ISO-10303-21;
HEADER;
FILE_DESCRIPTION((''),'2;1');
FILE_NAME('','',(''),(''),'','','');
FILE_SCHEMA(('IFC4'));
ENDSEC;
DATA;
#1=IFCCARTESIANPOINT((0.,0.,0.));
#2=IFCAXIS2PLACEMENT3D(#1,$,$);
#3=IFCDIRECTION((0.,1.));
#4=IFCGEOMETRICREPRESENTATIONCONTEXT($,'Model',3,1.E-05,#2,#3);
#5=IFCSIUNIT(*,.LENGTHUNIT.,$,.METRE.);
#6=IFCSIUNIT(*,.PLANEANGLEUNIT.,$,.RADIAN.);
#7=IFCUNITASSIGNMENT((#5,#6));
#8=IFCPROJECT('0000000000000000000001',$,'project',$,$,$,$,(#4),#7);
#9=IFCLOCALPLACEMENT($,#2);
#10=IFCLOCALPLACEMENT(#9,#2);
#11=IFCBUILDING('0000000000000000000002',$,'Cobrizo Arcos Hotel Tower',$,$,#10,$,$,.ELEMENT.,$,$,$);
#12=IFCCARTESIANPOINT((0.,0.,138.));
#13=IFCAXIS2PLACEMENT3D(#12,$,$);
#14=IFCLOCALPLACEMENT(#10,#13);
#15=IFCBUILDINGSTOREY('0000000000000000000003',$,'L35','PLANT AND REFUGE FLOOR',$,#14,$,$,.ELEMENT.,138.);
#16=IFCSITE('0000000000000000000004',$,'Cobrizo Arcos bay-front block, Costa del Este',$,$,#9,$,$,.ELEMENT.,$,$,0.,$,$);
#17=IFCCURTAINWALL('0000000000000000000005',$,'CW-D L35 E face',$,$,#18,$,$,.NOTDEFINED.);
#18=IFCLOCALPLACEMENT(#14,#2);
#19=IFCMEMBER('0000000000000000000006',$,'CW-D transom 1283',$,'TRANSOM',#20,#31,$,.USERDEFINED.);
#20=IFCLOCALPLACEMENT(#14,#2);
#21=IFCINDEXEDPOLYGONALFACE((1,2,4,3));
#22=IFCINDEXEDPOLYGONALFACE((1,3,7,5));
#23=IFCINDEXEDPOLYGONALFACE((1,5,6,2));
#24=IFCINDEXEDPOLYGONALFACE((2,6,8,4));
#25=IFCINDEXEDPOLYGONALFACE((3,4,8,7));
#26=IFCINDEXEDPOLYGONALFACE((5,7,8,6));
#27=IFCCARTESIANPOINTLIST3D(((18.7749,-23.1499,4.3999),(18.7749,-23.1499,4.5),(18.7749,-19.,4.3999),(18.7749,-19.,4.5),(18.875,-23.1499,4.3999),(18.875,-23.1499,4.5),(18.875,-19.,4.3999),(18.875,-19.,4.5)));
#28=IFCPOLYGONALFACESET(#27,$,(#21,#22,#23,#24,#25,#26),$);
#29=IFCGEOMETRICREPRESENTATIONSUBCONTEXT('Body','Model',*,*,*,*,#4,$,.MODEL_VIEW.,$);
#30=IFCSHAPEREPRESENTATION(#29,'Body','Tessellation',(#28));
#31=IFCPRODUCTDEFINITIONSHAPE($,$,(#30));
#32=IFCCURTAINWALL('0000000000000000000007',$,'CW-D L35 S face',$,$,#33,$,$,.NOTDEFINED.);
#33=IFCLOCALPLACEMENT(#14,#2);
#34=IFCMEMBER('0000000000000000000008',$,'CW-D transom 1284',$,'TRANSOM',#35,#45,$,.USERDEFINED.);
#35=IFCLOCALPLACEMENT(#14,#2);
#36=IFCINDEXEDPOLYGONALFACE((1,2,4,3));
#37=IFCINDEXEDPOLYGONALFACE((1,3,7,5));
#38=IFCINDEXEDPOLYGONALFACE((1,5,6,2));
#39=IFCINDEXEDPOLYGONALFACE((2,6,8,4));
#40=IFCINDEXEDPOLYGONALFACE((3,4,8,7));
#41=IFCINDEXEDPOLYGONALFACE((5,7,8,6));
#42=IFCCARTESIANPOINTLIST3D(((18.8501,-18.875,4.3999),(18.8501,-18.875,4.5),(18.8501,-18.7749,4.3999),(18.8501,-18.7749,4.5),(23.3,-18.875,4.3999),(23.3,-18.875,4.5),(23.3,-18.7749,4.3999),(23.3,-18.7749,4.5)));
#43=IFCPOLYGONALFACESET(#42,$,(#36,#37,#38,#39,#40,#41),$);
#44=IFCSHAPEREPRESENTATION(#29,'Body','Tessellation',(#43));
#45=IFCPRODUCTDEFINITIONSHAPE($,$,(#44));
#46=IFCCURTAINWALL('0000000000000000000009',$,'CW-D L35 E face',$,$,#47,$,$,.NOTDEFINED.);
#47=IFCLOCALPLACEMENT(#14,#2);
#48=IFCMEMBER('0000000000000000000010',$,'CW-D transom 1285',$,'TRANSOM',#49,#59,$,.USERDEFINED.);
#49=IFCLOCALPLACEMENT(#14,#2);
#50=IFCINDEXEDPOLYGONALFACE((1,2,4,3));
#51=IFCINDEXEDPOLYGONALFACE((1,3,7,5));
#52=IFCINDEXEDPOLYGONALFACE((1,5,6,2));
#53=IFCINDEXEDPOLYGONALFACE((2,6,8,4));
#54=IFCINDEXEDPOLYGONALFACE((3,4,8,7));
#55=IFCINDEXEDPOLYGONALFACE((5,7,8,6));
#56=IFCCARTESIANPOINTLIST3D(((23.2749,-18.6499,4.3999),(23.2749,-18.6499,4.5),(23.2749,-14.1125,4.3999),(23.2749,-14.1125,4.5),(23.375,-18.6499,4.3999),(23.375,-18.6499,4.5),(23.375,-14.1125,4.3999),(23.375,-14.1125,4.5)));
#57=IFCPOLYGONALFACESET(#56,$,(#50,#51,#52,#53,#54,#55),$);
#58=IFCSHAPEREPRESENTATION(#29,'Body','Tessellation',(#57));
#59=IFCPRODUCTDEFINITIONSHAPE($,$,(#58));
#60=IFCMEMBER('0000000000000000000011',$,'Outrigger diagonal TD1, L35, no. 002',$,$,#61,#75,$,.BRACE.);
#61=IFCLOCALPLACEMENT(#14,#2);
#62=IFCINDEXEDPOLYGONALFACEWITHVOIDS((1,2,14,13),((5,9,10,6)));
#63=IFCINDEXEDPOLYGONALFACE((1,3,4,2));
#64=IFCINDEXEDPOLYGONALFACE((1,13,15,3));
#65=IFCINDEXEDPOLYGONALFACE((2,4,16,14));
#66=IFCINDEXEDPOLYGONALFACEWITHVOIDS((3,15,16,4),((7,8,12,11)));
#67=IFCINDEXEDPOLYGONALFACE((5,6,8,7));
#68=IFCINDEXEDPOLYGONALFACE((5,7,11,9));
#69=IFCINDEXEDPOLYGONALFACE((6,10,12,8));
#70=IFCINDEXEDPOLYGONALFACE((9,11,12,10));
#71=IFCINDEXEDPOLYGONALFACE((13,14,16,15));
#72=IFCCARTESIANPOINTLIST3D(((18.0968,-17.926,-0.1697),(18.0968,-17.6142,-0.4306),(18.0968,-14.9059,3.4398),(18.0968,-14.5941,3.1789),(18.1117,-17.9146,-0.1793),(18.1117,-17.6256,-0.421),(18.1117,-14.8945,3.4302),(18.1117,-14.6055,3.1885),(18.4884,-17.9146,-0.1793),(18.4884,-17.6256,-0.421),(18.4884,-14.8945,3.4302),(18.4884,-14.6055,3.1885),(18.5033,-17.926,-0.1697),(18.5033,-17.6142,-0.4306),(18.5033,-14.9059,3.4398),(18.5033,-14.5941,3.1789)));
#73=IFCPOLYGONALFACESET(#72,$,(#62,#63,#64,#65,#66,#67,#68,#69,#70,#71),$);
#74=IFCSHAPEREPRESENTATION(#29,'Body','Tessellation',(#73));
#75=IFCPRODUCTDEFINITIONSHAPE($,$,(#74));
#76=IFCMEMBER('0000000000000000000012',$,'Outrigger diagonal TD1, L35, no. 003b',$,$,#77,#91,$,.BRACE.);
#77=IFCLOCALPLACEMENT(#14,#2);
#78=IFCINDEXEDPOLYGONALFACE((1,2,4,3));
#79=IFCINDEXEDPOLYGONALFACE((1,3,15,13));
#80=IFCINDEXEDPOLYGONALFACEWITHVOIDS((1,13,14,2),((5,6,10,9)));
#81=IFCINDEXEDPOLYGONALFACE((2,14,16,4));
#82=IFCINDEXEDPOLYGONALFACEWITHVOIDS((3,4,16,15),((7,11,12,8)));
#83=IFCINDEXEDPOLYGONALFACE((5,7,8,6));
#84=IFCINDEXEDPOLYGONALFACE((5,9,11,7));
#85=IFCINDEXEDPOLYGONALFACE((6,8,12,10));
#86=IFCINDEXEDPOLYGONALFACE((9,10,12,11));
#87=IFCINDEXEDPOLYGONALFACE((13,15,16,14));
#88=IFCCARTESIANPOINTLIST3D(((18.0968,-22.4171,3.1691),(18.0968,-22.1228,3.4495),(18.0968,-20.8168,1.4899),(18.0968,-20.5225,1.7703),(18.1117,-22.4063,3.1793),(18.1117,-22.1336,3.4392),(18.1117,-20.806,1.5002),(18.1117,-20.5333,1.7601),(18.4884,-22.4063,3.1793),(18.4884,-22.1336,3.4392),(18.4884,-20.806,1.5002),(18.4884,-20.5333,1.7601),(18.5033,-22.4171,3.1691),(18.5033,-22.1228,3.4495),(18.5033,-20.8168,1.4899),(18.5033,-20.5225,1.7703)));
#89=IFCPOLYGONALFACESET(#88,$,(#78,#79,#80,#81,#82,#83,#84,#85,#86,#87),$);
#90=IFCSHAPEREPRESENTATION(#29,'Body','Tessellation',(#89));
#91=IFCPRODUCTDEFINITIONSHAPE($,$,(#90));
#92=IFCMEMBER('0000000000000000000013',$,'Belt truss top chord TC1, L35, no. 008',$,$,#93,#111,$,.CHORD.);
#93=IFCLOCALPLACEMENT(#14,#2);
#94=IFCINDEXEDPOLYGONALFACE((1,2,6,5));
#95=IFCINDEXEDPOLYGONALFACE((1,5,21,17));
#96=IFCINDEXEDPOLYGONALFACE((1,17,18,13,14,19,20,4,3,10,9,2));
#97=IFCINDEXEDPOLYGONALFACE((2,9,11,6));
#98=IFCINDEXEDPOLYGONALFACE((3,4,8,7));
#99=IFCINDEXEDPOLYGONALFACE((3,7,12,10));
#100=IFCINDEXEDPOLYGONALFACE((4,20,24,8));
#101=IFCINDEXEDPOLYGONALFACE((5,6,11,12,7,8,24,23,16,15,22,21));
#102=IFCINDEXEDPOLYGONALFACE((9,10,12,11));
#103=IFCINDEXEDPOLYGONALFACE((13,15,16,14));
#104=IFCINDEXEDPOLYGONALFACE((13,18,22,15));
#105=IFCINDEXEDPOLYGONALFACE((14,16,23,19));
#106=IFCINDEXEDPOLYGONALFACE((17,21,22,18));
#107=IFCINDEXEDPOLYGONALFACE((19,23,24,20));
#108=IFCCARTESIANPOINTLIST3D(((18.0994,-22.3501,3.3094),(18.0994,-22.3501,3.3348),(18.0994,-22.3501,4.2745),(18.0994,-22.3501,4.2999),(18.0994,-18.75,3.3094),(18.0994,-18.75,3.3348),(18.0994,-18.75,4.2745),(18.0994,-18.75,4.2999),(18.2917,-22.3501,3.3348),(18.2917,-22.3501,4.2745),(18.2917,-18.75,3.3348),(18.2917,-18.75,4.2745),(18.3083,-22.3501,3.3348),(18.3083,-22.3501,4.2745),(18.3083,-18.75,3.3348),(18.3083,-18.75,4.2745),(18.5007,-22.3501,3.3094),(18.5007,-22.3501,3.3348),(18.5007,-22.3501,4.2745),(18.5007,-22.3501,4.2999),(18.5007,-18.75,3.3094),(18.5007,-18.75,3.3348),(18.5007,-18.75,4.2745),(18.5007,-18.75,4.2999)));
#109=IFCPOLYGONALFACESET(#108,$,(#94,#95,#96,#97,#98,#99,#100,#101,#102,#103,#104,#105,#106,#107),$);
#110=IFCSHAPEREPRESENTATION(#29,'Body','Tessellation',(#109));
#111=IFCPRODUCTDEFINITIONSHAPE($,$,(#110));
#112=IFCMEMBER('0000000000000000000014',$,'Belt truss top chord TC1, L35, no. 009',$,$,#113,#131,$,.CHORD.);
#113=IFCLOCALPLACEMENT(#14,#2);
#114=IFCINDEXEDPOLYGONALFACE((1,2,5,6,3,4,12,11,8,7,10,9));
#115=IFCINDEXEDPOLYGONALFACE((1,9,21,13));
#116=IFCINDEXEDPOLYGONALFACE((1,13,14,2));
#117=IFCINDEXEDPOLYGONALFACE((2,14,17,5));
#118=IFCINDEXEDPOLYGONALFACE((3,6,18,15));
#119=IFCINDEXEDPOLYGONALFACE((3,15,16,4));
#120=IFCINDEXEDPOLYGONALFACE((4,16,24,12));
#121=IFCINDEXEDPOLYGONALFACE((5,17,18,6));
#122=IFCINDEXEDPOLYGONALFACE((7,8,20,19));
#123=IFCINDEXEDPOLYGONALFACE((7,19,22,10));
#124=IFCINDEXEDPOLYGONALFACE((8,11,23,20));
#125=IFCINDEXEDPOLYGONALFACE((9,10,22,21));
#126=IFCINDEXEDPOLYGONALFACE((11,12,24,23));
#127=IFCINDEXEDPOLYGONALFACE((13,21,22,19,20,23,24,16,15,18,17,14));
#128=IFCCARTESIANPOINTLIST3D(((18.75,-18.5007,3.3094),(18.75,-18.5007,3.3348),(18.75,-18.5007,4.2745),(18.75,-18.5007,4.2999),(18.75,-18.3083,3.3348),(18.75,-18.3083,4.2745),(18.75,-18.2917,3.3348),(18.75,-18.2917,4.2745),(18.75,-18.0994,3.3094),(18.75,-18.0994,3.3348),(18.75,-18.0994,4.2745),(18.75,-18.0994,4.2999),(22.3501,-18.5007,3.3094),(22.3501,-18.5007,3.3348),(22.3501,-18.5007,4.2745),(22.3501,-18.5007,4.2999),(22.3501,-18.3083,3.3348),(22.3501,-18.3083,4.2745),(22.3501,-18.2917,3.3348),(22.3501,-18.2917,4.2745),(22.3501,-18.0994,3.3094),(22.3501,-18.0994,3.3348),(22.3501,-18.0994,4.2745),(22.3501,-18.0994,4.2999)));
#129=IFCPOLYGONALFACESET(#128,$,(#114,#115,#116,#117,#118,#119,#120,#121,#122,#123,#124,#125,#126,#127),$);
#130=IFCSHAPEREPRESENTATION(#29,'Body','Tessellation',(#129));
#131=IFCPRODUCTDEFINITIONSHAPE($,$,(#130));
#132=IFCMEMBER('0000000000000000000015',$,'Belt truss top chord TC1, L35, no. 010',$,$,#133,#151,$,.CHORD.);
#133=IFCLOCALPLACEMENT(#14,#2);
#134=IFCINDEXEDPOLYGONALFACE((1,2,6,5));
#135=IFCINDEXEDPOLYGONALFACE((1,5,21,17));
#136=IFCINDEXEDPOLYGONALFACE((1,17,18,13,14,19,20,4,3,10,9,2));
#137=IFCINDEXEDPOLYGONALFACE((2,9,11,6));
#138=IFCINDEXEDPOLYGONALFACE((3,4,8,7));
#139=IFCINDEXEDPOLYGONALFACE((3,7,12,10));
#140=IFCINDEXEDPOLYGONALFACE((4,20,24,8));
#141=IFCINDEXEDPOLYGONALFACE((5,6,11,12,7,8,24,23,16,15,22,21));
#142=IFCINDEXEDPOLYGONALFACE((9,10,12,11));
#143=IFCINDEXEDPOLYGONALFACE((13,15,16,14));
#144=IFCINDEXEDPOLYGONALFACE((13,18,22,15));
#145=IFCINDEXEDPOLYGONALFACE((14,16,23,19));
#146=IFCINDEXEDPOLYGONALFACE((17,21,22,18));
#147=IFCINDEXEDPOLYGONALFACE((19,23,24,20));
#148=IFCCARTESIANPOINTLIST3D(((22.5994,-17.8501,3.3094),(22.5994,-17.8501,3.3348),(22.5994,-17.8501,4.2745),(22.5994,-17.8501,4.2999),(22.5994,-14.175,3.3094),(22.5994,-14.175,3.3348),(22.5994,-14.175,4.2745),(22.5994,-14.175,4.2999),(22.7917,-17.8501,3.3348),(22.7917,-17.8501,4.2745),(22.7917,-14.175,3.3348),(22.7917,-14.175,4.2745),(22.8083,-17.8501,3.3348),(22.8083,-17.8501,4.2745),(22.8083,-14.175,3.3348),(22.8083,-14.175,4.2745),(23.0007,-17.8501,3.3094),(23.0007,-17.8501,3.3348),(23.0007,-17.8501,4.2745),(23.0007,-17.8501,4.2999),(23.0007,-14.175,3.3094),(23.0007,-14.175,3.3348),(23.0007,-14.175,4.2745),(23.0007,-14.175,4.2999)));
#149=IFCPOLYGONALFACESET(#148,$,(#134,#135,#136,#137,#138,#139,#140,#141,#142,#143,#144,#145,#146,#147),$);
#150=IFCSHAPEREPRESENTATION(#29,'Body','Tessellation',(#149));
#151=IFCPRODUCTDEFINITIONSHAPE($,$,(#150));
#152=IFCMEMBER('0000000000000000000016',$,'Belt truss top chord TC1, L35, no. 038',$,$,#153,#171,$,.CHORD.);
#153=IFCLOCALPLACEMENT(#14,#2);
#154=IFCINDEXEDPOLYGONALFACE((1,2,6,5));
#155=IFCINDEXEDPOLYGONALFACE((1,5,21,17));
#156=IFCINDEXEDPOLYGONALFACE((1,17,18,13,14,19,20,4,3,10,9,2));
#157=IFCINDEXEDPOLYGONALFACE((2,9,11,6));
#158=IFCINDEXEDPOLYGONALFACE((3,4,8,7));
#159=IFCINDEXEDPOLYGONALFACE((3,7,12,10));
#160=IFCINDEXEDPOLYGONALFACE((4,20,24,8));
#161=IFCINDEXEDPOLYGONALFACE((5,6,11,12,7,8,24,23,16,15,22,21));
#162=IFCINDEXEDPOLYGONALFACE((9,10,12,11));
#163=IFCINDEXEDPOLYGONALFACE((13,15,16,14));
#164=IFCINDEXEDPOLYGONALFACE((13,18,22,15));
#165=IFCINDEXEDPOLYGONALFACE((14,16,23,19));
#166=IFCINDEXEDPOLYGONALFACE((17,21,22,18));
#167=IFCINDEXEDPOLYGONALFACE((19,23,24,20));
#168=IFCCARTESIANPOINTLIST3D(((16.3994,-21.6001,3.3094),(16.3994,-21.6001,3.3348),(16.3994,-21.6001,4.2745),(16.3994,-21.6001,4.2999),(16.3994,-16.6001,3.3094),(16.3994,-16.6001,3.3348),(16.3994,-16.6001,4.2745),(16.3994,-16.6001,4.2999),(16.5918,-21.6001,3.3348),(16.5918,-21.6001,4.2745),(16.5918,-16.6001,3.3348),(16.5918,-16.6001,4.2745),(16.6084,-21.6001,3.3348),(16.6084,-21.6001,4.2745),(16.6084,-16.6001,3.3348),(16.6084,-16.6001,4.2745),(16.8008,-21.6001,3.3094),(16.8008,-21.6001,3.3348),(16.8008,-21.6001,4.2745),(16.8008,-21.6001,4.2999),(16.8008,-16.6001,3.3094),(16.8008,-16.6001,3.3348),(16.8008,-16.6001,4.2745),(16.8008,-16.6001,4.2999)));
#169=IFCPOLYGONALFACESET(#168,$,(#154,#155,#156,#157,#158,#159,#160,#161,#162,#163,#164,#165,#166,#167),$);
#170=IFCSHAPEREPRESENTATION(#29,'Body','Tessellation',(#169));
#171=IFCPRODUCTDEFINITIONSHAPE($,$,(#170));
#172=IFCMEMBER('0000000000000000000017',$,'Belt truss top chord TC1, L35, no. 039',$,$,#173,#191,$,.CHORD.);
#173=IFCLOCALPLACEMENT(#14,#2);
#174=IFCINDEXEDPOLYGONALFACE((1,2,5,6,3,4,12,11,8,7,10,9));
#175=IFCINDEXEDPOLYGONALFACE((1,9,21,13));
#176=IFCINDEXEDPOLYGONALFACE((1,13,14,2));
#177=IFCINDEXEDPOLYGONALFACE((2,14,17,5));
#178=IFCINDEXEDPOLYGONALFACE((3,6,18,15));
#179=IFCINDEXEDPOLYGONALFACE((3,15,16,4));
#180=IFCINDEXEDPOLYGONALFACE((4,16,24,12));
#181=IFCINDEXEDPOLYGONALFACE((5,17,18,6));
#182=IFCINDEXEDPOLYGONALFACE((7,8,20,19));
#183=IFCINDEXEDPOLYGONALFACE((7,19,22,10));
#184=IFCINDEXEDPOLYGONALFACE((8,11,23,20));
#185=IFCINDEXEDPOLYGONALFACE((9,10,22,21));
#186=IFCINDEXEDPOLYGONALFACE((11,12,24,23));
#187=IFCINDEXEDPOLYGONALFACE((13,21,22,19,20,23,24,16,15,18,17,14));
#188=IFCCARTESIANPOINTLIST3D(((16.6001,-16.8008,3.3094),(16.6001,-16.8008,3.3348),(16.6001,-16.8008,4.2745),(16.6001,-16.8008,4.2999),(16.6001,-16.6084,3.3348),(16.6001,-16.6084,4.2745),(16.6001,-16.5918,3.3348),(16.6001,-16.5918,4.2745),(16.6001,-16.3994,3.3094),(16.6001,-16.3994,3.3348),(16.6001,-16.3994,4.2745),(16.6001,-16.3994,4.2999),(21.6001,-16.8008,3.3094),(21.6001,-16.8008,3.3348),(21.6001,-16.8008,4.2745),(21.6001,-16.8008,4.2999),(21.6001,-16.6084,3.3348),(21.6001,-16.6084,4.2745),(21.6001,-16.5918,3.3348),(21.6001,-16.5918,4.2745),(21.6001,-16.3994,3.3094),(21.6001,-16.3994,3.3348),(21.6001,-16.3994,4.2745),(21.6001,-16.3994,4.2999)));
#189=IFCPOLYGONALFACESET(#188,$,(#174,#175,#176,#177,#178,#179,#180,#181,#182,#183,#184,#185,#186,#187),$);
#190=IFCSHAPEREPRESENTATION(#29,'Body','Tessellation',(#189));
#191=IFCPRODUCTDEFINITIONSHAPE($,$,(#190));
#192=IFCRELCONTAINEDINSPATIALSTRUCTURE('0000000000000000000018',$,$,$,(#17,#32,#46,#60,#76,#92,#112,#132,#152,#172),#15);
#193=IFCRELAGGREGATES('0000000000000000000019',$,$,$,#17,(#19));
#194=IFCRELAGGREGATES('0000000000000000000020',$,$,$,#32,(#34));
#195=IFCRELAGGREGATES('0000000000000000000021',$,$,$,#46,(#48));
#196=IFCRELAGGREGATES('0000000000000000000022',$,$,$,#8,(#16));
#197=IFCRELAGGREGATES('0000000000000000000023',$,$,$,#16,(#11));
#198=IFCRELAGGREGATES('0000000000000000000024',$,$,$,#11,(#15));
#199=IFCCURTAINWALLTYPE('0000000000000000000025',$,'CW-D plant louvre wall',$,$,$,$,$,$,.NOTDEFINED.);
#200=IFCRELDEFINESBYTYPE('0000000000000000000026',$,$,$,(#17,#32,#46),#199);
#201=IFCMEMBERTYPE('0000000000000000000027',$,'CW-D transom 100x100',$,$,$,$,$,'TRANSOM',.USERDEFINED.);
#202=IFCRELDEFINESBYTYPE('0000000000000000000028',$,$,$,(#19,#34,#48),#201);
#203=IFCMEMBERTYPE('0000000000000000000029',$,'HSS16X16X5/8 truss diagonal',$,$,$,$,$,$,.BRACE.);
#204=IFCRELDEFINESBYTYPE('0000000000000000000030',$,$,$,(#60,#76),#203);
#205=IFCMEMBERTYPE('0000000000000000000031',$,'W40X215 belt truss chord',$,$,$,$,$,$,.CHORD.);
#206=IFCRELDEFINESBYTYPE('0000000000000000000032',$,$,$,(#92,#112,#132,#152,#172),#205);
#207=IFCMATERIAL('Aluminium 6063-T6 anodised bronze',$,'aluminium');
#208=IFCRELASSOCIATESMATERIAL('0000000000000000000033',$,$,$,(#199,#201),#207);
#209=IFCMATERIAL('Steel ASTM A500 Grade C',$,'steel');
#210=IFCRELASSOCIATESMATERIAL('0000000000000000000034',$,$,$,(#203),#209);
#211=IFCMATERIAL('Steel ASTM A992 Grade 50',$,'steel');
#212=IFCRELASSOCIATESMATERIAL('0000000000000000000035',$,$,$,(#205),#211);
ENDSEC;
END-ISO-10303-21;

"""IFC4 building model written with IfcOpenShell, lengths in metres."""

from ifc_helpers import new_model, si_unit, direction, frame, origin, origin_2d, place, context, subcontext, project, spatial, rectangle, hollow_rectangle, i_section, extrude, material, material_profile, profile_set, type_object, element, aggregate, save


model = new_model("IFC4")

# Units and contexts
model_context = context("Model", 3, precision=1e-05, world=origin(), true_north=direction((0.0, 1.0)))
body_context = subcontext(model_context, "Body", "Model", "MODEL_VIEW")
ifc_project = project(units=[si_unit("LENGTHUNIT", "METRE"), si_unit("PLANEANGLEUNIT", "RADIAN")], contexts=[model_context])

# Site, building, storey
site_placement = place(None, origin())
site = spatial("IfcSite", under=ifc_project, at=site_placement, Name="Cobrizo Arcos bay-front block, Costa del Este", CompositionType="ELEMENT", RefElevation=0.0)
building_placement = place(site_placement, origin())
building = spatial("IfcBuilding", under=site, at=building_placement, Name="Cobrizo Arcos Hotel Tower", CompositionType="ELEMENT")
storey_placement = place(building_placement, frame((0.0, 0.0, 138.0)))
storey = spatial("IfcBuildingStorey", under=building, at=storey_placement, Name="L35", Description="PLANT AND REFUGE FLOOR", CompositionType="ELEMENT", Elevation=138.0)

# Curtain walls, members
ifc_material_1 = material(Name="Aluminium 6063-T6 anodised bronze", Category="aluminium")
curtain_wall_type = type_object("IfcCurtainWallType", Name="CW-D plant louvre wall", PredefinedType="NOTDEFINED", material=ifc_material_1)
curtain_wall_1_placement = place(storey_placement, origin())
curtain_wall_1 = element("IfcCurtainWall", 1, at=curtain_wall_1_placement, inside=storey, type_object=curtain_wall_type, Name="CW-D L35 E face", PredefinedType="NOTDEFINED")
ifc_material_profile_1 = material_profile(ifc_material_1, rectangle(XDim=0.1001, YDim=0.1001, at=origin_2d()), Name="CW-D transom 100x100")
ifc_profile_set_1 = profile_set([ifc_material_profile_1], Name="Aluminium 6063-T6 anodised bronze")
member_type_1 = type_object("IfcMemberType", Name="CW-D transom 100x100", ElementType="TRANSOM", PredefinedType="USERDEFINED", material=ifc_profile_set_1)
member_1_placement = place(storey_placement, frame((18.825, -23.1499, 4.45), z_axis=(0.0, 1.0, 0.0), x_axis=(-1.0, 0.0, 0.0)))
member_1 = element("IfcMember", 2, at=member_1_placement, type_object=member_type_1, Name="CW-D transom 1283", ObjectType="TRANSOM", PredefinedType="USERDEFINED", context=body_context, shape_type="SweptSolid", body=[
    extrude(rectangle(XDim=0.1001, YDim=0.1001, at=origin_2d()), origin(), (0.0, 0.0, 1.0), 4.1499),
])
aggregate(curtain_wall_1, [member_1])
curtain_wall_2_placement = place(storey_placement, origin())
curtain_wall_2 = element("IfcCurtainWall", 3, at=curtain_wall_2_placement, inside=storey, type_object=curtain_wall_type, Name="CW-D L35 S face", PredefinedType="NOTDEFINED")
member_2_placement = place(storey_placement, frame((18.8501, -18.825, 4.45), z_axis=(1.0, 0.0, 0.0), x_axis=(0.0, 1.0, 0.0)))
member_2 = element("IfcMember", 4, at=member_2_placement, type_object=member_type_1, Name="CW-D transom 1284", ObjectType="TRANSOM", PredefinedType="USERDEFINED", context=body_context, shape_type="SweptSolid", body=[
    extrude(rectangle(XDim=0.1001, YDim=0.1001, at=origin_2d()), origin(), (0.0, 0.0, 1.0), 4.45),
])
aggregate(curtain_wall_2, [member_2])
curtain_wall_3_placement = place(storey_placement, origin())
curtain_wall_3 = element("IfcCurtainWall", 5, at=curtain_wall_3_placement, inside=storey, type_object=curtain_wall_type, Name="CW-D L35 E face", PredefinedType="NOTDEFINED")
member_3_placement = place(storey_placement, frame((23.325, -18.6499, 4.45), z_axis=(0.0, 1.0, 0.0), x_axis=(-1.0, 0.0, 0.0)))
member_3 = element("IfcMember", 6, at=member_3_placement, type_object=member_type_1, Name="CW-D transom 1285", ObjectType="TRANSOM", PredefinedType="USERDEFINED", context=body_context, shape_type="SweptSolid", body=[
    extrude(rectangle(XDim=0.1001, YDim=0.1001, at=origin_2d()), origin(), (0.0, 0.0, 1.0), 4.5374),
])
aggregate(curtain_wall_3, [member_3])

# Members
ifc_material_2 = material(Name="Steel ASTM A500 Grade C", Category="steel")
ifc_material_profile_2 = material_profile(ifc_material_2, hollow_rectangle(XDim=0.4065, YDim=0.4065, WallThickness=0.0149, at=origin_2d()), Name="HSS16X16X5/8")
ifc_profile_set_2 = profile_set([ifc_material_profile_2], Name="Steel ASTM A500 Grade C")
member_type_2 = type_object("IfcMemberType", Name="HSS16X16X5/8 truss diagonal", PredefinedType="BRACE", material=ifc_profile_set_2)
member_4_placement = place(storey_placement, frame((18.3, -14.75, 3.3093), z_axis=(0.0, -0.641714, -0.766944), x_axis=(1.0, 0.0, 0.0)))
element("IfcMember", 7, at=member_4_placement, inside=storey, type_object=member_type_2, Name="Outrigger diagonal TD1, L35, no. 002", PredefinedType="BRACE", context=body_context, shape_type="SweptSolid", body=[
    extrude(hollow_rectangle(XDim=0.4065, YDim=0.4065, WallThickness=0.0149, at=origin_2d()), origin(), (0.0, 0.0, 1.0), 4.7063),
])
member_5_placement = place(storey_placement, frame((18.3, -20.6697, 1.6301), z_axis=(0.0, -0.689905, 0.7239), x_axis=(1.0, 0.0, 0.0)))
element("IfcMember", 8, at=member_5_placement, inside=storey, type_object=member_type_2, Name="Outrigger diagonal TD1, L35, no. 003b", PredefinedType="BRACE", context=body_context, shape_type="SweptSolid", body=[
    extrude(hollow_rectangle(XDim=0.4065, YDim=0.4065, WallThickness=0.0149, at=origin_2d()), origin(), (0.0, 0.0, 1.0), 2.3196),
])
ifc_material_3 = material(Name="Steel ASTM A992 Grade 50", Category="steel")
ifc_material_profile_3 = material_profile(ifc_material_3, i_section(OverallWidth=0.4014, OverallDepth=0.9905, WebThickness=0.0166, FlangeThickness=0.0254, at=origin_2d()), Name="W40X215")
ifc_profile_set_3 = profile_set([ifc_material_profile_3], Name="Steel ASTM A992 Grade 50")
member_type_3 = type_object("IfcMemberType", Name="W40X215 belt truss chord", PredefinedType="CHORD", material=ifc_profile_set_3)
for number, where, z_axis, x_axis, name in (
    (9, (18.3, -22.3501, 3.8047), (0.0, 1.0, 0.0), (-1.0, 0.0, 0.0), "Belt truss top chord TC1, L35, no. 008"),
    (10, (18.75, -18.3, 3.8047), (1.0, 0.0, 0.0), (0.0, 1.0, 0.0), "Belt truss top chord TC1, L35, no. 009"),
):
    element("IfcMember", number, at=place(storey_placement, frame(where, z_axis=z_axis, x_axis=x_axis)), inside=storey, type_object=member_type_3, Name=name, PredefinedType="CHORD", context=body_context, shape_type="SweptSolid", body=[
        extrude(i_section(OverallWidth=0.4014, OverallDepth=0.9905, WebThickness=0.0166, FlangeThickness=0.0254, at=origin_2d()), origin(), (0.0, 0.0, 1.0), 3.6001),
    ])
member_6_placement = place(storey_placement, frame((22.8, -17.8501, 3.8047), z_axis=(0.0, 1.0, 0.0), x_axis=(-1.0, 0.0, 0.0)))
element("IfcMember", 11, at=member_6_placement, inside=storey, type_object=member_type_3, Name="Belt truss top chord TC1, L35, no. 010", PredefinedType="CHORD", context=body_context, shape_type="SweptSolid", body=[
    extrude(i_section(OverallWidth=0.4014, OverallDepth=0.9905, WebThickness=0.0166, FlangeThickness=0.0254, at=origin_2d()), origin(), (0.0, 0.0, 1.0), 3.675),
])
for number, where, z_axis, x_axis, name in (
    (12, (16.6001, -21.6001, 3.8047), (0.0, 1.0, 0.0), (-1.0, 0.0, 0.0), "Belt truss top chord TC1, L35, no. 038"),
    (13, (16.6001, -16.6001, 3.8047), (1.0, 0.0, 0.0), (0.0, 1.0, 0.0), "Belt truss top chord TC1, L35, no. 039"),
):
    element("IfcMember", number, at=place(storey_placement, frame(where, z_axis=z_axis, x_axis=x_axis)), inside=storey, type_object=member_type_3, Name=name, PredefinedType="CHORD", context=body_context, shape_type="SweptSolid", body=[
        extrude(i_section(OverallWidth=0.4014, OverallDepth=0.9905, WebThickness=0.0166, FlangeThickness=0.0254, at=origin_2d()), origin(), (0.0, 0.0, 1.0), 5.0),
    ])

save(model, "model.ifc")
